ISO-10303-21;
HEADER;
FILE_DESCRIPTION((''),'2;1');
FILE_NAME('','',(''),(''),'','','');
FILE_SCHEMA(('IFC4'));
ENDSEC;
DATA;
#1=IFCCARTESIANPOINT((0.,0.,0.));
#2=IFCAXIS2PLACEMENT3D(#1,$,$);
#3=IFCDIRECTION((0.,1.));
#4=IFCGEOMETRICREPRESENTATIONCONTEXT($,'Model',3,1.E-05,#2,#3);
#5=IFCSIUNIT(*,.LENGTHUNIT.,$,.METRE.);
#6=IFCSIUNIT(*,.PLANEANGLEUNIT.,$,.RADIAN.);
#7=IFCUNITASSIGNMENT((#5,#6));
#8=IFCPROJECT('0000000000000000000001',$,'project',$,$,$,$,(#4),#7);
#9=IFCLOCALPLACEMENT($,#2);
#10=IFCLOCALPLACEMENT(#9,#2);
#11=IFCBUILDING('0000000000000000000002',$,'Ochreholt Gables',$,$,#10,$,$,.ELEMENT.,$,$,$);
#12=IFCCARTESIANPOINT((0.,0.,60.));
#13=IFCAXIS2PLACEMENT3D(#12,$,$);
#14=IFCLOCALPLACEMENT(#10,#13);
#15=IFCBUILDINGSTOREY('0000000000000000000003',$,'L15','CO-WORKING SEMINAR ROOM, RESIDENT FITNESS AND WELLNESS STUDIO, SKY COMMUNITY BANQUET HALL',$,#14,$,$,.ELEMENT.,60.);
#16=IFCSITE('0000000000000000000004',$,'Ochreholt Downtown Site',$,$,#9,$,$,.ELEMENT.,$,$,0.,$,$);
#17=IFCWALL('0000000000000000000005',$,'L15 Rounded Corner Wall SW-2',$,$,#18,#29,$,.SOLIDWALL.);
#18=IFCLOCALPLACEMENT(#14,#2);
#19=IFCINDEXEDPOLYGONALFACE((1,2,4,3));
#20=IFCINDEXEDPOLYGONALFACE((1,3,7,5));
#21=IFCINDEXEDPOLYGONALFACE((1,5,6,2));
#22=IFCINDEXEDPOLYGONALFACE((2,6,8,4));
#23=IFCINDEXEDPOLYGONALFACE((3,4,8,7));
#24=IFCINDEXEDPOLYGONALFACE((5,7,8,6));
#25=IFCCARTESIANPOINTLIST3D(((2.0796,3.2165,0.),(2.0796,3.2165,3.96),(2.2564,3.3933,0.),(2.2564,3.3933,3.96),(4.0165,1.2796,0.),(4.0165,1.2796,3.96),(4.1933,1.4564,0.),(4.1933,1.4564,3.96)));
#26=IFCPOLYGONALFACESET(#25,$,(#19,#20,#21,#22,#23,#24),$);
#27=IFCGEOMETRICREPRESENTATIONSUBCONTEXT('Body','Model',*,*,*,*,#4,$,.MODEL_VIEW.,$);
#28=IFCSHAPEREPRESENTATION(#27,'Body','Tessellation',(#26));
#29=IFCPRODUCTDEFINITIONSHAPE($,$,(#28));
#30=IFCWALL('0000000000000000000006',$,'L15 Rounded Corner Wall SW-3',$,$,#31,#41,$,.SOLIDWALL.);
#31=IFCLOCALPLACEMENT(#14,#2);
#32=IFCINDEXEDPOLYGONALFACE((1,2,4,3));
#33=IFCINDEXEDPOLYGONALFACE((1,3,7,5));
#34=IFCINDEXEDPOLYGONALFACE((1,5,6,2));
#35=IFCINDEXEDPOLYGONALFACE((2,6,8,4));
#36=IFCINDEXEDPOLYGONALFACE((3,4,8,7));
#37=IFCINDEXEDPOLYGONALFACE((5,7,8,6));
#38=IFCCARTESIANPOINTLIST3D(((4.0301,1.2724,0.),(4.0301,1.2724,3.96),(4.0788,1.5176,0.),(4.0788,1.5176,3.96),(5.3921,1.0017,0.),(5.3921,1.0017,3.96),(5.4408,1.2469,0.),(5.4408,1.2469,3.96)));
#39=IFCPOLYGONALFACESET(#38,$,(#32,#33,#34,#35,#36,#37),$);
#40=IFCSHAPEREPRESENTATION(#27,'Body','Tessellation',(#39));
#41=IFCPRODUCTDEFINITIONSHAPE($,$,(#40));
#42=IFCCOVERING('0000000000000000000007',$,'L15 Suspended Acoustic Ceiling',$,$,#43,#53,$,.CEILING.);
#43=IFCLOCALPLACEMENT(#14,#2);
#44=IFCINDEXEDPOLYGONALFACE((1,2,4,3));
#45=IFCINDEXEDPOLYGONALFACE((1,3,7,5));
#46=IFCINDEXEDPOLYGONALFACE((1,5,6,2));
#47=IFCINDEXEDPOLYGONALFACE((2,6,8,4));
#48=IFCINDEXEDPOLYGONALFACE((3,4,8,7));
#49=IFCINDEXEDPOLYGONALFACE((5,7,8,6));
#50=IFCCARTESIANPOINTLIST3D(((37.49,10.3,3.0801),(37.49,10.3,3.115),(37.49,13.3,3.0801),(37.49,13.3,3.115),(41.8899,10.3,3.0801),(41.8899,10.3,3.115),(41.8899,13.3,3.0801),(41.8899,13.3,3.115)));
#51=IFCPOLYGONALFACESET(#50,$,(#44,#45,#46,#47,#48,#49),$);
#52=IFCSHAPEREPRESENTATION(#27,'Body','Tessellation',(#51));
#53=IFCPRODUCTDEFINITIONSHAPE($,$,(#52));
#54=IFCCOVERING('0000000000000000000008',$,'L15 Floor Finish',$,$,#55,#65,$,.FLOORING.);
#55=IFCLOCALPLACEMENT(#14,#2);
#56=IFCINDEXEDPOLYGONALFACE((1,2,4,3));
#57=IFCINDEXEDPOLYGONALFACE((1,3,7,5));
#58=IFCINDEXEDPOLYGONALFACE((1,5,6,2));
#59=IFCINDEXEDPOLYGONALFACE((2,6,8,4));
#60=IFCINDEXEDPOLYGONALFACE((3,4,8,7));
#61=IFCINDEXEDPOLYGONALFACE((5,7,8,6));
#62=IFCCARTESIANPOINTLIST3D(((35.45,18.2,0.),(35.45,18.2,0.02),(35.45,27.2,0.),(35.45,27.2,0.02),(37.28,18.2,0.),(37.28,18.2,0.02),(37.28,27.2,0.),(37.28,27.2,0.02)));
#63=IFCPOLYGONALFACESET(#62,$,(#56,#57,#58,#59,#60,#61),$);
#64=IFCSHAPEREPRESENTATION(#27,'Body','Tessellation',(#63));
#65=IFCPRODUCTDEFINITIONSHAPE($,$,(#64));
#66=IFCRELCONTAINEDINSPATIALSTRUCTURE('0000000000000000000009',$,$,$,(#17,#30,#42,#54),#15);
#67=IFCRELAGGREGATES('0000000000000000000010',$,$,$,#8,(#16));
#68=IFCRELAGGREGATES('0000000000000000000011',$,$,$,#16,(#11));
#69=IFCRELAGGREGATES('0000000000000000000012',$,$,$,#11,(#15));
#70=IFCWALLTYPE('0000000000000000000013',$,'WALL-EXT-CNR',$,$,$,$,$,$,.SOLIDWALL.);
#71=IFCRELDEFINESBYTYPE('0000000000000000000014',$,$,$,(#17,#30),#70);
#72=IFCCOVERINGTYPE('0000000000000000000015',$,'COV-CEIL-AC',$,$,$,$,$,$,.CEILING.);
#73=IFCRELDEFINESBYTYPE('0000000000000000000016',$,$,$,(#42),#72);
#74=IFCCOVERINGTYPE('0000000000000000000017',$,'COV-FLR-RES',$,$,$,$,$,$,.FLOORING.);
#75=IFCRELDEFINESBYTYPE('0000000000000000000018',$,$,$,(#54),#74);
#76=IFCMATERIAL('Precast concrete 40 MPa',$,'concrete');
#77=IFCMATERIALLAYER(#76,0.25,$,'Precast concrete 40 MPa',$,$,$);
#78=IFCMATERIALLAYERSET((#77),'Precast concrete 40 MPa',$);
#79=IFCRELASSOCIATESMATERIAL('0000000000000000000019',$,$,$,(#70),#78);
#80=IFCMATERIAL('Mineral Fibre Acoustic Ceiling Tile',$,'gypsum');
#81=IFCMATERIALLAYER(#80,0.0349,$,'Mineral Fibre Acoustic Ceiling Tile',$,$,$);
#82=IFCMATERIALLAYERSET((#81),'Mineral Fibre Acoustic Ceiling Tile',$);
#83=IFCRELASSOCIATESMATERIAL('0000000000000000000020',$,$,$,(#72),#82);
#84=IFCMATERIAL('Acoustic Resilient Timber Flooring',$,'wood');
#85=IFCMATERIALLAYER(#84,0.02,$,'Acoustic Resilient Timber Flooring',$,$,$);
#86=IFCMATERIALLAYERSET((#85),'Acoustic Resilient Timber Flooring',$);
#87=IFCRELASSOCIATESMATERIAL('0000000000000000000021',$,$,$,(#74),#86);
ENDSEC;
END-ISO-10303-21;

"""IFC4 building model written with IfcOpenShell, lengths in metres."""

from ifc_helpers import new_model, si_unit, direction, frame, frame_2d, origin, place, context, subcontext, project, spatial, polyline, rectangle, outline, extrude, material, layer, layer_set, type_object, element, save


model = new_model("IFC4")

# Units and contexts
model_context = context("Model", 3, precision=1e-05, world=origin(), true_north=direction((0.0, 1.0)))
body_context = subcontext(model_context, "Body", "Model", "MODEL_VIEW")
ifc_project = project(units=[si_unit("LENGTHUNIT", "METRE"), si_unit("PLANEANGLEUNIT", "RADIAN")], contexts=[model_context])

# Site, building, storey
site_placement = place(None, origin())
site = spatial("IfcSite", under=ifc_project, at=site_placement, Name="Ochreholt Downtown Site", CompositionType="ELEMENT", RefElevation=0.0)
building_placement = place(site_placement, origin())
building = spatial("IfcBuilding", under=site, at=building_placement, Name="Ochreholt Gables", CompositionType="ELEMENT")
storey_placement = place(building_placement, frame((0.0, 0.0, 60.0)))
storey = spatial("IfcBuildingStorey", under=building, at=storey_placement, Name="L15", Description="CO-WORKING SEMINAR ROOM, RESIDENT FITNESS AND WELLNESS STUDIO, SKY COMMUNITY BANQUET HALL", CompositionType="ELEMENT", Elevation=60.0)

# Shared definitions
ifc_material_1 = material(Name="Precast concrete 40 MPa", Category="concrete")

# Walls
ifc_layer_1 = layer(ifc_material_1, 0.25, Name="Precast concrete 40 MPa")
ifc_layer_set_1 = layer_set([ifc_layer_1], Name="Precast concrete 40 MPa")
wall_type_1 = type_object("IfcWallType", Name="WALL-EXT-CNR", PredefinedType="SOLIDWALL", material=ifc_layer_set_1)
wall_1_placement = place(storey_placement, frame((2.168, 3.3049, 0.0), z_axis=(0.0, 0.0, 1.0), x_axis=(0.707107, -0.707107, 0.0)))
element("IfcWall", 1, at=wall_1_placement, inside=storey, type_object=wall_type_1, Name="L15 Rounded Corner Wall SW-2", PredefinedType="SOLIDWALL", context=body_context, shape_type="SweptSolid", body=[
    extrude(rectangle(XDim=2.7393, YDim=0.25, at=frame_2d((1.3696, 0.0))), origin(), (0.0, 0.0, 1.0), 3.96),
])
wall_2_placement = place(storey_placement, frame((4.0544, 1.395, 0.0), z_axis=(0.0, 0.0, 1.0), x_axis=(0.98081, -0.194967, 0.0)))
element("IfcWall", 2, at=wall_2_placement, inside=storey, type_object=wall_type_1, Name="L15 Rounded Corner Wall SW-3", PredefinedType="SOLIDWALL", context=body_context, shape_type="SweptSolid", body=[
    extrude(rectangle(XDim=1.3887, YDim=0.25, at=frame_2d((0.6943, 0.0))), origin(), (0.0, 0.0, 1.0), 3.96),
])

# Coverings
ifc_material_2 = material(Name="Mineral Fibre Acoustic Ceiling Tile", Category="gypsum")
ifc_layer_2 = layer(ifc_material_2, 0.0349, Name="Mineral Fibre Acoustic Ceiling Tile")
ifc_layer_set_2 = layer_set([ifc_layer_2], Name="Mineral Fibre Acoustic Ceiling Tile")
covering_type_1 = type_object("IfcCoveringType", Name="COV-CEIL-AC", PredefinedType="CEILING", material=ifc_layer_set_2)
covering_1_placement = place(storey_placement, frame((0.0, 0.0, 3.0801)))
element("IfcCovering", 3, at=covering_1_placement, inside=storey, type_object=covering_type_1, Name="L15 Suspended Acoustic Ceiling", PredefinedType="CEILING", context=body_context, shape_type="SweptSolid", body=[
    extrude(outline(polyline([(37.49, 10.3), (41.8899, 10.3), (41.8899, 13.3), (37.49, 13.3), (37.49, 10.3)])), origin(), (0.0, 0.0, 1.0), 0.0349),
])
ifc_material_3 = material(Name="Acoustic Resilient Timber Flooring", Category="wood")
ifc_layer_3 = layer(ifc_material_3, 0.02, Name="Acoustic Resilient Timber Flooring")
ifc_layer_set_3 = layer_set([ifc_layer_3], Name="Acoustic Resilient Timber Flooring")
covering_type_2 = type_object("IfcCoveringType", Name="COV-FLR-RES", PredefinedType="FLOORING", material=ifc_layer_set_3)
covering_2_placement = place(storey_placement, origin())
element("IfcCovering", 4, at=covering_2_placement, inside=storey, type_object=covering_type_2, Name="L15 Floor Finish", PredefinedType="FLOORING", context=body_context, shape_type="SweptSolid", body=[
    extrude(outline(polyline([(35.45, 18.2), (37.28, 18.2), (37.28, 27.2), (35.45, 27.2), (35.45, 18.2)])), origin(), (0.0, 0.0, 1.0), 0.02),
])

save(model, "model.ifc")
